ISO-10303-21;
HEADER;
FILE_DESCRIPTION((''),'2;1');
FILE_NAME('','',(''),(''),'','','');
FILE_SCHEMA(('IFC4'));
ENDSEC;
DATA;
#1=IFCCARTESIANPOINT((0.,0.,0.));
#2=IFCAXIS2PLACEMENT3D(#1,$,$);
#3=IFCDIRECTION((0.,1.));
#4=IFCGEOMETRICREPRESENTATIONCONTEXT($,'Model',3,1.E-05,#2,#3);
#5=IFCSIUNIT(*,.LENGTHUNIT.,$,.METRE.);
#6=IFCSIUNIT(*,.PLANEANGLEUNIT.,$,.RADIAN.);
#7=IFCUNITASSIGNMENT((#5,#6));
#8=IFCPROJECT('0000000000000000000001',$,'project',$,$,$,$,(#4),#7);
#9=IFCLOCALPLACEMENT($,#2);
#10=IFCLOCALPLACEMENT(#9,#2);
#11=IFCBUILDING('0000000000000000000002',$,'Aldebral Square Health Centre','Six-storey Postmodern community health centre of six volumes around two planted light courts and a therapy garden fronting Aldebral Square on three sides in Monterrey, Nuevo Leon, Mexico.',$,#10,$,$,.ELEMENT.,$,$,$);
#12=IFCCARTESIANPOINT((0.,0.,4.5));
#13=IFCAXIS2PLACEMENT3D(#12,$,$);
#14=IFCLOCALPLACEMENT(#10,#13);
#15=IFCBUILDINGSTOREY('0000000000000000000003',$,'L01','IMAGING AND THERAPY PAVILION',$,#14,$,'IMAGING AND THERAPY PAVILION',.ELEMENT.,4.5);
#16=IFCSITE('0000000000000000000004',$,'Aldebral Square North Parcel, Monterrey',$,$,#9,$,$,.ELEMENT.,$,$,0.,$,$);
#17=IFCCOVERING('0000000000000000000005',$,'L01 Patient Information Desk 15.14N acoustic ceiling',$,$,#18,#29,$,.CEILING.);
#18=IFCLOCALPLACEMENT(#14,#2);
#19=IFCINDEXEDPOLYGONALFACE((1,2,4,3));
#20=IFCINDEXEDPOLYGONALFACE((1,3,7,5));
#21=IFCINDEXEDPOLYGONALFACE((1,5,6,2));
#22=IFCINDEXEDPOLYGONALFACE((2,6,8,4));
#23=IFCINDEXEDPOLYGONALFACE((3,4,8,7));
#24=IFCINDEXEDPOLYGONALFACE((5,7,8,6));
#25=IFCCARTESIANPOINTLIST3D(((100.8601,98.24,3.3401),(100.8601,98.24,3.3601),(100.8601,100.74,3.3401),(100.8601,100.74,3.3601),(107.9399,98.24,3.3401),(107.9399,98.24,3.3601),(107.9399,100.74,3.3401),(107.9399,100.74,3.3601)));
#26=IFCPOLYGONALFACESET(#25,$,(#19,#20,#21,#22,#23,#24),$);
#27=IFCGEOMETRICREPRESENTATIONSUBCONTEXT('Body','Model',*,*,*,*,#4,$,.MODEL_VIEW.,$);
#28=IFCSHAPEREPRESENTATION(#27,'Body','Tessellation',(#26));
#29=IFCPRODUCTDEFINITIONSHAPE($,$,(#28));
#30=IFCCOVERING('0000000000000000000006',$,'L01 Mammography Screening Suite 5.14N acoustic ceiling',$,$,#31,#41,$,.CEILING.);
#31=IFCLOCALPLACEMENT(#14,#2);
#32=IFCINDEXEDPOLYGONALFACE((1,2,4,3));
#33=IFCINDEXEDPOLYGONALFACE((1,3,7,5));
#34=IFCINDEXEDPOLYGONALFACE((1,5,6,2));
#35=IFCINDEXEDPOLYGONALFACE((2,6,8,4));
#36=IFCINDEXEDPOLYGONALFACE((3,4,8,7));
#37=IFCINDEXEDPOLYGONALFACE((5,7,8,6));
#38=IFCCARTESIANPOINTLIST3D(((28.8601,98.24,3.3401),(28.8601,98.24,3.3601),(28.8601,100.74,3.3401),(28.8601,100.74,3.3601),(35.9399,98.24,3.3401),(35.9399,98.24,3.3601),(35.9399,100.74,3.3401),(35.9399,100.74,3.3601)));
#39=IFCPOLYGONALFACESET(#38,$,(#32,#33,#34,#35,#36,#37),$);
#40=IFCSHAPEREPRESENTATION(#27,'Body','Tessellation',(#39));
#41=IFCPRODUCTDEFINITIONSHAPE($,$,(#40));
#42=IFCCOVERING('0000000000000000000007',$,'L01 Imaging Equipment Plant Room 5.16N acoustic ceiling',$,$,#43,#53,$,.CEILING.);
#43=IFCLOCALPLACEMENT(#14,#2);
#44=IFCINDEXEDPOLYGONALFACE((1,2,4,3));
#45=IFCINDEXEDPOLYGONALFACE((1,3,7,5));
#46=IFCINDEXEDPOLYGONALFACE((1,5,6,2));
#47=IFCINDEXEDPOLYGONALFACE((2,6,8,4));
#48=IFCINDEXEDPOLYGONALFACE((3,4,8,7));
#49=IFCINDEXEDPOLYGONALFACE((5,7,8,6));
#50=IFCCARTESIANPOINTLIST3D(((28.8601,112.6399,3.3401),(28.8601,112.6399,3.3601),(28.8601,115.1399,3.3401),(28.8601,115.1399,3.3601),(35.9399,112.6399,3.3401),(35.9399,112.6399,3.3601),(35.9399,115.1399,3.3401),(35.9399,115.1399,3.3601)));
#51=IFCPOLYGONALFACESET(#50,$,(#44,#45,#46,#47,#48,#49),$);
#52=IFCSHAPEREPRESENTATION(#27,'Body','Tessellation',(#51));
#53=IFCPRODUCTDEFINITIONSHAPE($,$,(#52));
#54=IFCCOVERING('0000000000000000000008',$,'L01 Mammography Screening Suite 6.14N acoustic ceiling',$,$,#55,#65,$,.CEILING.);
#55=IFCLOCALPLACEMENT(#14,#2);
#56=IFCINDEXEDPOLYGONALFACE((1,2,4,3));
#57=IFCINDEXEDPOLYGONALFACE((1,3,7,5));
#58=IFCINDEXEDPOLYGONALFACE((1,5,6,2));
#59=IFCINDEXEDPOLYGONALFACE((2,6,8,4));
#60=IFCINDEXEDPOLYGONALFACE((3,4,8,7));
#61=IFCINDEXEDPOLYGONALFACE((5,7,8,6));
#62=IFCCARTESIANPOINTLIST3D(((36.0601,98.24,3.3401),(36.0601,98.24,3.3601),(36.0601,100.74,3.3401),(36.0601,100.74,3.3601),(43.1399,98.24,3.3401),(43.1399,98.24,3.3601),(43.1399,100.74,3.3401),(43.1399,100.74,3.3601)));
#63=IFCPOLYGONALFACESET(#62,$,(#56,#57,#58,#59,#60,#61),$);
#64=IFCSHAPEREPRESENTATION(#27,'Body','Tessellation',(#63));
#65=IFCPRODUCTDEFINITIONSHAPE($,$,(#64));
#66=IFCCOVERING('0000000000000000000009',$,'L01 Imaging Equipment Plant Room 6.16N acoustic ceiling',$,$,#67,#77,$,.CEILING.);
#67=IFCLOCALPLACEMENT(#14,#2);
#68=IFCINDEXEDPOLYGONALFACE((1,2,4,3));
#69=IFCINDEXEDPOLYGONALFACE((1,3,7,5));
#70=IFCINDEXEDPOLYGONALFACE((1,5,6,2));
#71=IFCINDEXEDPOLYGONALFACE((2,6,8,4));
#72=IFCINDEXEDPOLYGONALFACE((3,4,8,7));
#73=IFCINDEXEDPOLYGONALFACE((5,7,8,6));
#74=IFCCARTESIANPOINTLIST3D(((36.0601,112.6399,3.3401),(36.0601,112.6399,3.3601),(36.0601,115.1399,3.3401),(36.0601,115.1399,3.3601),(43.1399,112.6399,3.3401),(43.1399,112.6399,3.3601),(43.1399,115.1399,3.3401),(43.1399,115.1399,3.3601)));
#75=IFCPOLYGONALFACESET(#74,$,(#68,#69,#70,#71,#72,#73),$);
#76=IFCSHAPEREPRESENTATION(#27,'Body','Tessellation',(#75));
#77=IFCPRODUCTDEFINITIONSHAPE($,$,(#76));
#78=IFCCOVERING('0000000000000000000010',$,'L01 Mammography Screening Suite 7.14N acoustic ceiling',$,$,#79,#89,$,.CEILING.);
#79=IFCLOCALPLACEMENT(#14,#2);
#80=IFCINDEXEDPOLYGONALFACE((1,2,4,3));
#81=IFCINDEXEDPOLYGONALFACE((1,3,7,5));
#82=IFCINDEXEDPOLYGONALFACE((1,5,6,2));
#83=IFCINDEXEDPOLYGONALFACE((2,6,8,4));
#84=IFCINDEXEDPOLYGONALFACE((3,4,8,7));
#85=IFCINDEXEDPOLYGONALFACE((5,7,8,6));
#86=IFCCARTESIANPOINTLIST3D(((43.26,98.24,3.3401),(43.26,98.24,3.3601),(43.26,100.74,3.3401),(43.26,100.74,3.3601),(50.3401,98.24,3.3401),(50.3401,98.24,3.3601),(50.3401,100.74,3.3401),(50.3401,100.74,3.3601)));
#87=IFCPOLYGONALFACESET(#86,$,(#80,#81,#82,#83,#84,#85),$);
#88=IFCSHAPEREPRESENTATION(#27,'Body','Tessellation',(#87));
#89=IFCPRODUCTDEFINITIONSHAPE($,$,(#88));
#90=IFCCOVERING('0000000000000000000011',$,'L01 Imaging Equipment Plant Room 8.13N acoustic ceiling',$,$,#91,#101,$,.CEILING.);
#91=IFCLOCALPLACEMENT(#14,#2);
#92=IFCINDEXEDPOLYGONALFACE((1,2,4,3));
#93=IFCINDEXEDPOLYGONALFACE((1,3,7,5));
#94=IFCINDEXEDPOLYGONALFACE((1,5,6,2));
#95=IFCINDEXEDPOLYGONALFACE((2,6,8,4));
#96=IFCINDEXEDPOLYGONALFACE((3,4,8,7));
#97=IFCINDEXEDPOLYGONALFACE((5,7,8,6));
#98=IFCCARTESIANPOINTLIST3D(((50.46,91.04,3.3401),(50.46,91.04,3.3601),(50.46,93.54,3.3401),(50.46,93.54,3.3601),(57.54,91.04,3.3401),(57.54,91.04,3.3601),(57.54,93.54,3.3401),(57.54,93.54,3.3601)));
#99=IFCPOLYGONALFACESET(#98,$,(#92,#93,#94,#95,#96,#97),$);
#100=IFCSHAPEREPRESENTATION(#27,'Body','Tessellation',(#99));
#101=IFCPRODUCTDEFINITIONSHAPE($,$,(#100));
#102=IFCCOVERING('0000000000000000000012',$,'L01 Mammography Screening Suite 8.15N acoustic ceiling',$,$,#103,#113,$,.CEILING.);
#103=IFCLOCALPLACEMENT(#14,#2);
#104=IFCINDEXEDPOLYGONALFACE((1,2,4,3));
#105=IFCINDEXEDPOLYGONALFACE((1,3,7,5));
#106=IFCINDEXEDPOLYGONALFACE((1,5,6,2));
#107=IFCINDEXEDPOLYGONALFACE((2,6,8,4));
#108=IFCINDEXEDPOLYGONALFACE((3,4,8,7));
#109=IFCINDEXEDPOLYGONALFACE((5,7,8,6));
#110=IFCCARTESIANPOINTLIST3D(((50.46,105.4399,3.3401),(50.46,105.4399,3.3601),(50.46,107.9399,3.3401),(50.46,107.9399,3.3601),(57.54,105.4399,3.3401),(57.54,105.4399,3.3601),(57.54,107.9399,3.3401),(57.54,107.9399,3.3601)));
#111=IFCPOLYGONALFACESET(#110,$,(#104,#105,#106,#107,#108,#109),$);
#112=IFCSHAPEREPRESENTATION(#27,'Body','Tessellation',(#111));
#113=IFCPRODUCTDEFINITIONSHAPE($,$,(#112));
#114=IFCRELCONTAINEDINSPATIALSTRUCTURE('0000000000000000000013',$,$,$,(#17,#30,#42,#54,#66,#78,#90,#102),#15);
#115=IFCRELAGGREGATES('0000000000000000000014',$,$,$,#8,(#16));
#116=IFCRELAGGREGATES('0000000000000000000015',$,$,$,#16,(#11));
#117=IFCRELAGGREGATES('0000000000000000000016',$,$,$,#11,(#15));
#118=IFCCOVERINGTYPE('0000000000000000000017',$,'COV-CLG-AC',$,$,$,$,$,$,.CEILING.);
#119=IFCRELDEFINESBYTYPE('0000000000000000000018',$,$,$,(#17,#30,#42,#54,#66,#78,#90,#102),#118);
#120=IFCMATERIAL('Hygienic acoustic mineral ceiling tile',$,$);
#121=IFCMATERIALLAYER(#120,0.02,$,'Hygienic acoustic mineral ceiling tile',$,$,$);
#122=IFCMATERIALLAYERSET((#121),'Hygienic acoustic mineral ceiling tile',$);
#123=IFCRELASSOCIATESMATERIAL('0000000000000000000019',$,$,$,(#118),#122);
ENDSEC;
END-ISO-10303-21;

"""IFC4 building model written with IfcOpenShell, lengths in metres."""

from ifc_helpers import new_model, si_unit, direction, frame, origin, place, context, subcontext, project, spatial, polyline, outline, extrude, material, layer, layer_set, type_object, element, save


model = new_model("IFC4")

# Units and contexts
model_context = context("Model", 3, precision=1e-05, world=origin(), true_north=direction((0.0, 1.0)))
body_context = subcontext(model_context, "Body", "Model", "MODEL_VIEW")
ifc_project = project(units=[si_unit("LENGTHUNIT", "METRE"), si_unit("PLANEANGLEUNIT", "RADIAN")], contexts=[model_context])

# Site, building, storey
site_placement = place(None, origin())
site = spatial("IfcSite", under=ifc_project, at=site_placement, Name="Aldebral Square North Parcel, Monterrey", CompositionType="ELEMENT", RefElevation=0.0)
building_placement = place(site_placement, origin())
building = spatial("IfcBuilding", under=site, at=building_placement, Name="Aldebral Square Health Centre", Description="Six-storey Postmodern community health centre of six volumes around two planted light courts and a therapy garden fronting Aldebral Square on three sides in Monterrey, Nuevo Leon, Mexico.", CompositionType="ELEMENT")
storey_placement = place(building_placement, frame((0.0, 0.0, 4.5)))
storey = spatial("IfcBuildingStorey", under=building, at=storey_placement, Name="L01", Description="IMAGING AND THERAPY PAVILION", LongName="IMAGING AND THERAPY PAVILION", CompositionType="ELEMENT", Elevation=4.5)

# Coverings
ifc_material_1 = material(Name="Hygienic acoustic mineral ceiling tile")
ifc_layer_1 = layer(ifc_material_1, 0.02, Name="Hygienic acoustic mineral ceiling tile")
ifc_layer_set_1 = layer_set([ifc_layer_1], Name="Hygienic acoustic mineral ceiling tile")
covering_type = type_object("IfcCoveringType", Name="COV-CLG-AC", PredefinedType="CEILING", material=ifc_layer_set_1)
covering_1_placement = place(storey_placement, frame((0.0, 0.0, 3.3401)))
element("IfcCovering", 1, at=covering_1_placement, inside=storey, type_object=covering_type, Name="L01 Patient Information Desk 15.14N acoustic ceiling", PredefinedType="CEILING", context=body_context, shape_type="SweptSolid", body=[
    extrude(outline(polyline([(100.8601, 98.24), (107.9399, 98.24), (107.9399, 100.74), (100.8601, 100.74), (100.8601, 98.24)])), origin(), (0.0, 0.0, 1.0), 0.02),
])
covering_2_placement = place(storey_placement, frame((0.0, 0.0, 3.3401)))
element("IfcCovering", 2, at=covering_2_placement, inside=storey, type_object=covering_type, Name="L01 Mammography Screening Suite 5.14N acoustic ceiling", PredefinedType="CEILING", context=body_context, shape_type="SweptSolid", body=[
    extrude(outline(polyline([(28.8601, 98.24), (35.9399, 98.24), (35.9399, 100.74), (28.8601, 100.74), (28.8601, 98.24)])), origin(), (0.0, 0.0, 1.0), 0.02),
])
covering_3_placement = place(storey_placement, frame((0.0, 0.0, 3.3401)))
element("IfcCovering", 3, at=covering_3_placement, inside=storey, type_object=covering_type, Name="L01 Imaging Equipment Plant Room 5.16N acoustic ceiling", PredefinedType="CEILING", context=body_context, shape_type="SweptSolid", body=[
    extrude(outline(polyline([(28.8601, 112.6399), (35.9399, 112.6399), (35.9399, 115.1399), (28.8601, 115.1399), (28.8601, 112.6399)])), origin(), (0.0, 0.0, 1.0), 0.02),
])
covering_4_placement = place(storey_placement, frame((0.0, 0.0, 3.3401)))
element("IfcCovering", 4, at=covering_4_placement, inside=storey, type_object=covering_type, Name="L01 Mammography Screening Suite 6.14N acoustic ceiling", PredefinedType="CEILING", context=body_context, shape_type="SweptSolid", body=[
    extrude(outline(polyline([(36.0601, 98.24), (43.1399, 98.24), (43.1399, 100.74), (36.0601, 100.74), (36.0601, 98.24)])), origin(), (0.0, 0.0, 1.0), 0.02),
])
covering_5_placement = place(storey_placement, frame((0.0, 0.0, 3.3401)))
element("IfcCovering", 5, at=covering_5_placement, inside=storey, type_object=covering_type, Name="L01 Imaging Equipment Plant Room 6.16N acoustic ceiling", PredefinedType="CEILING", context=body_context, shape_type="SweptSolid", body=[
    extrude(outline(polyline([(36.0601, 112.6399), (43.1399, 112.6399), (43.1399, 115.1399), (36.0601, 115.1399), (36.0601, 112.6399)])), origin(), (0.0, 0.0, 1.0), 0.02),
])
covering_6_placement = place(storey_placement, frame((0.0, 0.0, 3.3401)))
element("IfcCovering", 6, at=covering_6_placement, inside=storey, type_object=covering_type, Name="L01 Mammography Screening Suite 7.14N acoustic ceiling", PredefinedType="CEILING", context=body_context, shape_type="SweptSolid", body=[
    extrude(outline(polyline([(43.26, 98.24), (50.3401, 98.24), (50.3401, 100.74), (43.26, 100.74), (43.26, 98.24)])), origin(), (0.0, 0.0, 1.0), 0.02),
])
covering_7_placement = place(storey_placement, frame((0.0, 0.0, 3.3401)))
element("IfcCovering", 7, at=covering_7_placement, inside=storey, type_object=covering_type, Name="L01 Imaging Equipment Plant Room 8.13N acoustic ceiling", PredefinedType="CEILING", context=body_context, shape_type="SweptSolid", body=[
    extrude(outline(polyline([(50.46, 91.04), (57.54, 91.04), (57.54, 93.54), (50.46, 93.54), (50.46, 91.04)])), origin(), (0.0, 0.0, 1.0), 0.02),
])
covering_8_placement = place(storey_placement, frame((0.0, 0.0, 3.3401)))
element("IfcCovering", 8, at=covering_8_placement, inside=storey, type_object=covering_type, Name="L01 Mammography Screening Suite 8.15N acoustic ceiling", PredefinedType="CEILING", context=body_context, shape_type="SweptSolid", body=[
    extrude(outline(polyline([(50.46, 105.4399), (57.54, 105.4399), (57.54, 107.9399), (50.46, 107.9399), (50.46, 105.4399)])), origin(), (0.0, 0.0, 1.0), 0.02),
])

save(model, "model.ifc")
